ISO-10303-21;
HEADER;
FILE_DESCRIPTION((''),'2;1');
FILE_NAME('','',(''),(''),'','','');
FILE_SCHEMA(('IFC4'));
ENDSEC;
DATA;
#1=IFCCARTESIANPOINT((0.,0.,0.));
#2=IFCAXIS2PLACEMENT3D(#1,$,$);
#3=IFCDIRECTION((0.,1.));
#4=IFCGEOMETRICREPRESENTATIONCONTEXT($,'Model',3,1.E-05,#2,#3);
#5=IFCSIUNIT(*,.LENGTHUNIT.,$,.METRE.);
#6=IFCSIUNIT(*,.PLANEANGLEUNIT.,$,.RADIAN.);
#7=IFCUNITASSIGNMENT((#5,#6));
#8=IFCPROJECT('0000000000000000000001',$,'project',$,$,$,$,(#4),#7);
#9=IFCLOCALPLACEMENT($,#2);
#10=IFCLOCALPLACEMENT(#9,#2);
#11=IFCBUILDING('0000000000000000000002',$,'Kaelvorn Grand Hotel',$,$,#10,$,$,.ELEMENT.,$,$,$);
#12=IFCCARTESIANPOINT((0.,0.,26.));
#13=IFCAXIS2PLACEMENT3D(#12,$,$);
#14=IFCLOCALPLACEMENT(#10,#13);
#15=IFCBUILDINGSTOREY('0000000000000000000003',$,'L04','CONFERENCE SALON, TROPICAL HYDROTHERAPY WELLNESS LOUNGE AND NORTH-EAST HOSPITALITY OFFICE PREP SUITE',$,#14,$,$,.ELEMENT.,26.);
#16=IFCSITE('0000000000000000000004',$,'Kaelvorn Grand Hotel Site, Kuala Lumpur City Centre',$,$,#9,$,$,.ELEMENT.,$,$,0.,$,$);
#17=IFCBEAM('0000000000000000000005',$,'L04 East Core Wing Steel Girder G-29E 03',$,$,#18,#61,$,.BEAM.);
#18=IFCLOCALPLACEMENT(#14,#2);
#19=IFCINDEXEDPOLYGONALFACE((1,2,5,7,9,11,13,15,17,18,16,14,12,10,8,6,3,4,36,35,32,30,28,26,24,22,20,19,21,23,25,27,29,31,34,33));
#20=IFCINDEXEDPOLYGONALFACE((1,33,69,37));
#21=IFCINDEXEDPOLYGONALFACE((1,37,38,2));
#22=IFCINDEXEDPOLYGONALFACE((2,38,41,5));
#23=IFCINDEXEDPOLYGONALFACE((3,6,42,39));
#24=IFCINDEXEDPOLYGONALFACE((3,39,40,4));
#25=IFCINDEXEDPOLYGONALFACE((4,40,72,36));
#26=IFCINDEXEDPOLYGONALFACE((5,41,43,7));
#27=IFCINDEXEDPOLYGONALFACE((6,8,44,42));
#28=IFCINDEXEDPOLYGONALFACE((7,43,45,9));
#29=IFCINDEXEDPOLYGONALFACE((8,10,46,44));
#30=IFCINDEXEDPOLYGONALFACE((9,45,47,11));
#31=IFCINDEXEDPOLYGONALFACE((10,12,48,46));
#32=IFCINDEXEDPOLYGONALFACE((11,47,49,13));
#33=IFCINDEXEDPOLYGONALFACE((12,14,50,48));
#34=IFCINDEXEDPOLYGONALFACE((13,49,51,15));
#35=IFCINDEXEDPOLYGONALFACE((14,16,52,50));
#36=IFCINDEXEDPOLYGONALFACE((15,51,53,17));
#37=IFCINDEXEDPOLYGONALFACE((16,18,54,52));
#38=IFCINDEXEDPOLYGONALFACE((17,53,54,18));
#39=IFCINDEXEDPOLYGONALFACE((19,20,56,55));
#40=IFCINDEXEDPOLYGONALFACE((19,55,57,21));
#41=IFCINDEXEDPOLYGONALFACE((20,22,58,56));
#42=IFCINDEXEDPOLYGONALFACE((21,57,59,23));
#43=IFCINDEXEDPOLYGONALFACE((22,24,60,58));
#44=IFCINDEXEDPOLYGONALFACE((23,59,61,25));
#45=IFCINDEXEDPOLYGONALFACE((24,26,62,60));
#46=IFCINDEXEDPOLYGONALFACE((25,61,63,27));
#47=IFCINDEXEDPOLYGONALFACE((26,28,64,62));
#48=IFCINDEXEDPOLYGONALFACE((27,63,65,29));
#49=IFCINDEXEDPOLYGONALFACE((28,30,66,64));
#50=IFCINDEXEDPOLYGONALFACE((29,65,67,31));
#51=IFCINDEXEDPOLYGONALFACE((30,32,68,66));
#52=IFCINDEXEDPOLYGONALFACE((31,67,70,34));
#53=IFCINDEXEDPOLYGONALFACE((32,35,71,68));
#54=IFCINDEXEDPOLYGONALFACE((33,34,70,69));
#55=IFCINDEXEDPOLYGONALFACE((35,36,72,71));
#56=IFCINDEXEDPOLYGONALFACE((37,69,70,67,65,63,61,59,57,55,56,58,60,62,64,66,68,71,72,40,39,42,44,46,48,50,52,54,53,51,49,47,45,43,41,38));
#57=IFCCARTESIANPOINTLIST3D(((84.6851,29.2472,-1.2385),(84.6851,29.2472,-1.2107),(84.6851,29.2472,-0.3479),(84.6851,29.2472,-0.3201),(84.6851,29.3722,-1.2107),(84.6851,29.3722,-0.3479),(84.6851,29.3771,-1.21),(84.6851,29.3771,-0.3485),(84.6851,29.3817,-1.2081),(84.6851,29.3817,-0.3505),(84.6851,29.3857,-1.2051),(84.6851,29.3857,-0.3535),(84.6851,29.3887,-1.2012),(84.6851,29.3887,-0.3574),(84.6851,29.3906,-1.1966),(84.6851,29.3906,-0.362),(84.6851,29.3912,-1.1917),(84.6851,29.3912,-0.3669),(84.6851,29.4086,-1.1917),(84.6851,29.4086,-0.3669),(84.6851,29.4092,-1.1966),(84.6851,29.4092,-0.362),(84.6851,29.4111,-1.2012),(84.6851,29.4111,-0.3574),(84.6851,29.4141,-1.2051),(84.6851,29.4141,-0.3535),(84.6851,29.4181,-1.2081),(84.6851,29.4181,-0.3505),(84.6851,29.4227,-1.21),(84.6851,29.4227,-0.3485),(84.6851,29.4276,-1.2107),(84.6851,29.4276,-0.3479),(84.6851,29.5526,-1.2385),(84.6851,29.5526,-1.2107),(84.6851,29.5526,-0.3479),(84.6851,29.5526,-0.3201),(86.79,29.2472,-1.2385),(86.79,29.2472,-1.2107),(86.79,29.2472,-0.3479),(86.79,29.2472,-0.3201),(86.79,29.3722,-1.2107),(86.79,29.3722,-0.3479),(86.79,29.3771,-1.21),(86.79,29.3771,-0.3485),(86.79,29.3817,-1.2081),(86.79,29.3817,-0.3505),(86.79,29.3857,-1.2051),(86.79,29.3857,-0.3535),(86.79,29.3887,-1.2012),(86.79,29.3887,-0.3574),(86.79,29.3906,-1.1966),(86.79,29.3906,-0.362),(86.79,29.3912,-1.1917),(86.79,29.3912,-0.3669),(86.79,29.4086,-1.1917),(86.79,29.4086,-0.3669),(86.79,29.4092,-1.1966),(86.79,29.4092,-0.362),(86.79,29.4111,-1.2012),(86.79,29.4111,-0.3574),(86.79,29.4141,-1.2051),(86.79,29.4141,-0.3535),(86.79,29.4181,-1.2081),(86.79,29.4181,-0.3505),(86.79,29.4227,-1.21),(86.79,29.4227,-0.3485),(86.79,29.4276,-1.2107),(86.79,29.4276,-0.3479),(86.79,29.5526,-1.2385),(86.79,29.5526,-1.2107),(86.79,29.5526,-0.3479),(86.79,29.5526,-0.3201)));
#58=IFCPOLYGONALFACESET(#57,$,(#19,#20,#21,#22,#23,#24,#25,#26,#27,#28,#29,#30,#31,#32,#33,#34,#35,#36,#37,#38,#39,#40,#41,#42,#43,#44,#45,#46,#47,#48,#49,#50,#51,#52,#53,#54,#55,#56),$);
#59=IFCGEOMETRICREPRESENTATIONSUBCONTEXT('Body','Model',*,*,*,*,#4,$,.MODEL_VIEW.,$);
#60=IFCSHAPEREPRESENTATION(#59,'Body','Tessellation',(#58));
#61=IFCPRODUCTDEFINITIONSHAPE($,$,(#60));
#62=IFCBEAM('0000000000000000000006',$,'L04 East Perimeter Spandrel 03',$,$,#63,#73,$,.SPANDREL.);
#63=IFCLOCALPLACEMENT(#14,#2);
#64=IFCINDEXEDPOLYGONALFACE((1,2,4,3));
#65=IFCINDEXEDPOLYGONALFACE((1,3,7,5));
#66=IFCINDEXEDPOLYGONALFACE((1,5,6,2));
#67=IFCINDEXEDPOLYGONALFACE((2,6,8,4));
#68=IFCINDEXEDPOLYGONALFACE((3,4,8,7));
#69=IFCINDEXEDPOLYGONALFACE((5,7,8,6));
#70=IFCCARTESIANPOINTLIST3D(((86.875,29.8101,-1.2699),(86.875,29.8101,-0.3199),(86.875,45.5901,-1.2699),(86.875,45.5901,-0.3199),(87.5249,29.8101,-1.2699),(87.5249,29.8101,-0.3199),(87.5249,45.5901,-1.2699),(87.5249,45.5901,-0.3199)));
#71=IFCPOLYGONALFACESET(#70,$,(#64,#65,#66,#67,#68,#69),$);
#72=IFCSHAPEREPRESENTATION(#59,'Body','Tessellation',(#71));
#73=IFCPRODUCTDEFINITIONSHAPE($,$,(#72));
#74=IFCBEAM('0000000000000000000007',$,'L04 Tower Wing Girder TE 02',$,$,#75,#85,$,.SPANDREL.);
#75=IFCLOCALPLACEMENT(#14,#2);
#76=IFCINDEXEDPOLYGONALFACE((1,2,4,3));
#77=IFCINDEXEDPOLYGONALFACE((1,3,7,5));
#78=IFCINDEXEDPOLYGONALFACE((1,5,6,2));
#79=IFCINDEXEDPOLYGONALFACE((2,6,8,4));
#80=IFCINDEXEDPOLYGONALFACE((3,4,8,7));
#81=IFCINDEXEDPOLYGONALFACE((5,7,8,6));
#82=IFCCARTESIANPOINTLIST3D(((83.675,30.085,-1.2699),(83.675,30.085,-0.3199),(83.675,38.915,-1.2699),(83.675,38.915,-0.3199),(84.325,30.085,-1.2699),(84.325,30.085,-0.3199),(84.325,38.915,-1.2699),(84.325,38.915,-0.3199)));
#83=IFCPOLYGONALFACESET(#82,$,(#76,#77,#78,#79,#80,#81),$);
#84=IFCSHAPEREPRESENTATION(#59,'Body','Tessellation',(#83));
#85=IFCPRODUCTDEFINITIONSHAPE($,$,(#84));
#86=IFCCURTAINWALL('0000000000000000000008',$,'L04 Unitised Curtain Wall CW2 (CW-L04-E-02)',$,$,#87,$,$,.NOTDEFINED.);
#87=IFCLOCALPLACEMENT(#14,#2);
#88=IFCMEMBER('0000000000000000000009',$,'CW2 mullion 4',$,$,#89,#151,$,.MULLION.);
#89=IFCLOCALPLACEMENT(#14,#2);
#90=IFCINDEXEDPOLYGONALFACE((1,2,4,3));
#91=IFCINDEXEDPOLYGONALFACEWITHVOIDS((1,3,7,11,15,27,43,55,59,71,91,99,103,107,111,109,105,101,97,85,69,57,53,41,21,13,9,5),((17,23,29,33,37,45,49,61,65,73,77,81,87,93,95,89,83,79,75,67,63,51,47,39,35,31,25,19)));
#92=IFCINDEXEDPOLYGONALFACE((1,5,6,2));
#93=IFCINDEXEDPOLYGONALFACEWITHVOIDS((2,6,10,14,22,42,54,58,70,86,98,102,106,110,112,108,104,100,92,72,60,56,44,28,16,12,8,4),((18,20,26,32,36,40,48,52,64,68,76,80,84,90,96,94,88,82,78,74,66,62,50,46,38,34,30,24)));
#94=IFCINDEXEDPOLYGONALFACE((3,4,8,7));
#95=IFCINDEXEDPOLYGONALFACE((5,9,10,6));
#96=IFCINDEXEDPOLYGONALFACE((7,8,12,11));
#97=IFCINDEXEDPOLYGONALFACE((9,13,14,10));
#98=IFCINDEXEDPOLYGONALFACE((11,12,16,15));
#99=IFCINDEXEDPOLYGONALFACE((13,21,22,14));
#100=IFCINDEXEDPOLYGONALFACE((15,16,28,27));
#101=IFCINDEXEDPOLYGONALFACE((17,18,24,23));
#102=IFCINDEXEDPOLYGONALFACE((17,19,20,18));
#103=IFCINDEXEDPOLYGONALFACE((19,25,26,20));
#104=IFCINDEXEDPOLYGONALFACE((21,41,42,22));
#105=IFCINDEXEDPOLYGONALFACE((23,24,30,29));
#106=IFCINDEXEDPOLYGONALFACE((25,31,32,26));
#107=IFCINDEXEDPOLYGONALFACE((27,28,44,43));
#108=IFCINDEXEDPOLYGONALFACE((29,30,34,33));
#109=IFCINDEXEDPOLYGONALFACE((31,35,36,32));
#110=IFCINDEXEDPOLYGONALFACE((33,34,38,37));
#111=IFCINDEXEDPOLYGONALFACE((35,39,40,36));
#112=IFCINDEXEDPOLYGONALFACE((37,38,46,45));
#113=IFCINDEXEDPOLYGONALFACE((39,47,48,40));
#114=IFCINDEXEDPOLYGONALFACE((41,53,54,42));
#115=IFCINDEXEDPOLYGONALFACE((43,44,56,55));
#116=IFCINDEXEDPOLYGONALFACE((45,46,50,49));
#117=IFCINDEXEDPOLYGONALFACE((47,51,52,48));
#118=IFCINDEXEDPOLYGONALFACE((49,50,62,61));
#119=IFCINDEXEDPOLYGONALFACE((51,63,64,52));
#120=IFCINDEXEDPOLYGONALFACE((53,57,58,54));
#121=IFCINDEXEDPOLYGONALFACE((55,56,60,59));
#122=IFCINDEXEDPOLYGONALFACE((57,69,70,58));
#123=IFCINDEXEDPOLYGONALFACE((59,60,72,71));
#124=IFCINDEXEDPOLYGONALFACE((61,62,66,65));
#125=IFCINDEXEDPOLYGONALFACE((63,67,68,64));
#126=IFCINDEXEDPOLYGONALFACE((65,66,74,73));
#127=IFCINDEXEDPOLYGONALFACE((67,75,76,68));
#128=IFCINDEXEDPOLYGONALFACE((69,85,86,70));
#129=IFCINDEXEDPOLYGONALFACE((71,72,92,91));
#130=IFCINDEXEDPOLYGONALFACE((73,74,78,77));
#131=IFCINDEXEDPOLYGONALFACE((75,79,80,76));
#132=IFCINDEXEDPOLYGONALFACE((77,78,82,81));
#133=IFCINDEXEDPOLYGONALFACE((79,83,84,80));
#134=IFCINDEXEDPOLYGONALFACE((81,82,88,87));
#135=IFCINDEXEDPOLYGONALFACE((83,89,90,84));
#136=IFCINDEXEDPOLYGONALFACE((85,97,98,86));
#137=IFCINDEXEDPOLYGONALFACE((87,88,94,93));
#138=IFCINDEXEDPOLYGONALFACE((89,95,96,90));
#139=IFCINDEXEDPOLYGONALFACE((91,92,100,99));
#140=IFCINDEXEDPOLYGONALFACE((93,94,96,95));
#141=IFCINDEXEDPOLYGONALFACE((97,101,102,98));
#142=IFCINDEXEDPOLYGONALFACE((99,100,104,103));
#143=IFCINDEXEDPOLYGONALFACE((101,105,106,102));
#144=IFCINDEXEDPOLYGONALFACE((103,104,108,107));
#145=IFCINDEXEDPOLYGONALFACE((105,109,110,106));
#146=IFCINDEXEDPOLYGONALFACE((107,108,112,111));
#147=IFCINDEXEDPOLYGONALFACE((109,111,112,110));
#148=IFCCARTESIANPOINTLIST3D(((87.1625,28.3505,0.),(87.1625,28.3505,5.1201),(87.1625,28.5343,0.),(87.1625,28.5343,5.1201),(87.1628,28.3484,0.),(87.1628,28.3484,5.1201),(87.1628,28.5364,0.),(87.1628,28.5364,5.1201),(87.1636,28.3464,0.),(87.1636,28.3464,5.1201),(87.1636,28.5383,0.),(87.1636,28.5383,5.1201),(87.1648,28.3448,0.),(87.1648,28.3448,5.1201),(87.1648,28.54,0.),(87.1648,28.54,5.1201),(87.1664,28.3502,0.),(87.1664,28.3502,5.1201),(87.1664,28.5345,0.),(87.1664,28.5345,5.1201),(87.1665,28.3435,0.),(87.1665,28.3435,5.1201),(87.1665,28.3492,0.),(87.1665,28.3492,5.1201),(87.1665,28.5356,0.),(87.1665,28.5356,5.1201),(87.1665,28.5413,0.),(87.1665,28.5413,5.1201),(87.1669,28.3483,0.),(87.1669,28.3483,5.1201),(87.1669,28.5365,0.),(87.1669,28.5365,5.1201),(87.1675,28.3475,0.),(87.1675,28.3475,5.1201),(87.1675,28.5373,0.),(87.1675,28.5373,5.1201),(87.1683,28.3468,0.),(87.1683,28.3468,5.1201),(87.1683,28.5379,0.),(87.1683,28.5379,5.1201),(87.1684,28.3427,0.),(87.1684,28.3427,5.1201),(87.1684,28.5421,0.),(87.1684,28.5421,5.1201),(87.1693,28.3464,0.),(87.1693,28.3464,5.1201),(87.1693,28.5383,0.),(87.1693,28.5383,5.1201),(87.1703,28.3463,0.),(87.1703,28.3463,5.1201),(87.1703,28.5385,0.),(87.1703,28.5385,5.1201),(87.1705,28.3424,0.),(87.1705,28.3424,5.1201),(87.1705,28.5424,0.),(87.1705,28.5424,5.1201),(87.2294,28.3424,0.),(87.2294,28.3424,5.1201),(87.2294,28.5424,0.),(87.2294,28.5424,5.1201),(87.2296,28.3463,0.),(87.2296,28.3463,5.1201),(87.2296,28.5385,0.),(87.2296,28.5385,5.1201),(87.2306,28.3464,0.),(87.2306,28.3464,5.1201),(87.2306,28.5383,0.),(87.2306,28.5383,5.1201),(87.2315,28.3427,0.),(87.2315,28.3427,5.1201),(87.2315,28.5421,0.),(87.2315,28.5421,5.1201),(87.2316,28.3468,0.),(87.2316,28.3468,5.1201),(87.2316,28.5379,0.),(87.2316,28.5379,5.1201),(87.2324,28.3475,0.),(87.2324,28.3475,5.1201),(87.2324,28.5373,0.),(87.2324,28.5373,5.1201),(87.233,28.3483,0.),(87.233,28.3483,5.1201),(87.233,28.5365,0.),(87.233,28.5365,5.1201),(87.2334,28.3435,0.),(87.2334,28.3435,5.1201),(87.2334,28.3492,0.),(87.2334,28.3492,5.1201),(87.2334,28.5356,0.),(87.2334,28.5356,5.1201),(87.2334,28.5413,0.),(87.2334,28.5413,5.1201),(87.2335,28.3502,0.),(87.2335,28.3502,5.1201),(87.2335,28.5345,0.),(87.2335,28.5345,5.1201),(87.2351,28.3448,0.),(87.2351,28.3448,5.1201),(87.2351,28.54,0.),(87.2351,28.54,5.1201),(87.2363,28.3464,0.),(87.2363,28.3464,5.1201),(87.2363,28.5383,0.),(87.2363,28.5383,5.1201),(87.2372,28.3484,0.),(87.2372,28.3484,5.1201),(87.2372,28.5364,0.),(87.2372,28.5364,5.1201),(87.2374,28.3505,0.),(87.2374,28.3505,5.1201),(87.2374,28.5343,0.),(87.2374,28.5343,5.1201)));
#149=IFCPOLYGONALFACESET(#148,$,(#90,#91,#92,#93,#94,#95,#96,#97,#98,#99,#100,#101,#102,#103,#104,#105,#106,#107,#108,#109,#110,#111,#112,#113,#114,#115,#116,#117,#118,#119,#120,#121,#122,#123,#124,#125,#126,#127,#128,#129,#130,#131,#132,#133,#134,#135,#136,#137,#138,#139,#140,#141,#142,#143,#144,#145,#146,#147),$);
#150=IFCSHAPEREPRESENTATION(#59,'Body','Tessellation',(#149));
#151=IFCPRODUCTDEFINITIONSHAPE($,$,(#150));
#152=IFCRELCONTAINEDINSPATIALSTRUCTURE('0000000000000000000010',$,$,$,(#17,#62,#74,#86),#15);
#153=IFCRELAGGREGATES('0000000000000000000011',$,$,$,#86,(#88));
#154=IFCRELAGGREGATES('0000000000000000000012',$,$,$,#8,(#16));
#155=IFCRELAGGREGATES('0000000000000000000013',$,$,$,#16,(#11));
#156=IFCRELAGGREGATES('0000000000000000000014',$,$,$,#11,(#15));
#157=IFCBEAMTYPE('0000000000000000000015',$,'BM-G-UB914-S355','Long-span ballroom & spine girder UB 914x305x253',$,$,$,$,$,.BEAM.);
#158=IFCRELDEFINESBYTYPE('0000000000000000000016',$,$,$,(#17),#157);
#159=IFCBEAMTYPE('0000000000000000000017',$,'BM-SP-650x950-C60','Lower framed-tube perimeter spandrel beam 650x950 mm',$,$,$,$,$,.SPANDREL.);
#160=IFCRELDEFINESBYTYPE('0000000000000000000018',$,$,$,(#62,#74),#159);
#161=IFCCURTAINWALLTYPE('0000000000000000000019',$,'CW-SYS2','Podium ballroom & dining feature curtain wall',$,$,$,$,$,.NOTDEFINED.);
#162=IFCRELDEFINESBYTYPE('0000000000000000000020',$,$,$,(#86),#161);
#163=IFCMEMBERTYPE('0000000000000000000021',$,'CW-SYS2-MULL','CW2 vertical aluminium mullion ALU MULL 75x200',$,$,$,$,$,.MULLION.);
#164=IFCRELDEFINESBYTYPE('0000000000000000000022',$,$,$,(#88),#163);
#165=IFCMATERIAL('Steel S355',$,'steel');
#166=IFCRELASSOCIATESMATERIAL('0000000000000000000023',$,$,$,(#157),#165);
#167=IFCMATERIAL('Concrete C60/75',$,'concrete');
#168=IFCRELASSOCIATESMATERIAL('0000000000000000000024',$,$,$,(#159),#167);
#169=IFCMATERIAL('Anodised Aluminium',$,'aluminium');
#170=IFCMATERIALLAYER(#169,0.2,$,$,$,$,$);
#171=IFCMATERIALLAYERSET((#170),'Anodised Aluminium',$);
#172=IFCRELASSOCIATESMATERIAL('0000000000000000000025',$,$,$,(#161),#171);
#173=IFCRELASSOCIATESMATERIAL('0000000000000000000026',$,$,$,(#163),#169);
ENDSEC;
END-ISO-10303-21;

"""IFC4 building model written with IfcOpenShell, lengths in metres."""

from ifc_helpers import new_model, si_unit, direction, frame, origin, origin_2d, place, context, subcontext, project, spatial, rectangle, hollow_rectangle, i_section, extrude, material, layer, layer_set, material_profile, profile_set, type_object, element, aggregate, save


model = new_model("IFC4")

# Units and contexts
model_context = context("Model", 3, precision=1e-05, world=origin(), true_north=direction((0.0, 1.0)))
body_context = subcontext(model_context, "Body", "Model", "MODEL_VIEW")
ifc_project = project(units=[si_unit("LENGTHUNIT", "METRE"), si_unit("PLANEANGLEUNIT", "RADIAN")], contexts=[model_context])

# Site, building, storey
site_placement = place(None, origin())
site = spatial("IfcSite", under=ifc_project, at=site_placement, Name="Kaelvorn Grand Hotel Site, Kuala Lumpur City Centre", CompositionType="ELEMENT", RefElevation=0.0)
building_placement = place(site_placement, origin())
building = spatial("IfcBuilding", under=site, at=building_placement, Name="Kaelvorn Grand Hotel", CompositionType="ELEMENT")
storey_placement = place(building_placement, frame((0.0, 0.0, 26.0)))
storey = spatial("IfcBuildingStorey", under=building, at=storey_placement, Name="L04", Description="CONFERENCE SALON, TROPICAL HYDROTHERAPY WELLNESS LOUNGE AND NORTH-EAST HOSPITALITY OFFICE PREP SUITE", CompositionType="ELEMENT", Elevation=26.0)

# Beams
ifc_material_1 = material(Name="Steel S355", Category="steel")
ifc_material_profile_1 = material_profile(ifc_material_1, i_section(OverallWidth=0.3054, OverallDepth=0.9185, WebThickness=0.0173, FlangeThickness=0.0278, FilletRadius=0.019, at=origin_2d()), Name="UB 914x305x253")
ifc_profile_set_1 = profile_set([ifc_material_profile_1], Name="Steel S355")
beam_type_1 = type_object("IfcBeamType", Name="BM-G-UB914-S355", Description="Long-span ballroom & spine girder UB 914x305x253", PredefinedType="BEAM", material=ifc_profile_set_1)
beam_1_placement = place(storey_placement, frame((84.6851, 29.3999, -0.7793), z_axis=(1.0, 0.0, 0.0), x_axis=(0.0, 1.0, 0.0)))
element("IfcBeam", 1, at=beam_1_placement, inside=storey, type_object=beam_type_1, Name="L04 East Core Wing Steel Girder G-29E 03", PredefinedType="BEAM", context=body_context, shape_type="SweptSolid", body=[
    extrude(i_section(OverallWidth=0.3054, OverallDepth=0.9185, WebThickness=0.0173, FlangeThickness=0.0278, FilletRadius=0.019, at=origin_2d()), origin(), (0.0, 0.0, 1.0), 2.105),
])
ifc_material_2 = material(Name="Concrete C60/75", Category="concrete")
ifc_material_profile_2 = material_profile(ifc_material_2, rectangle(XDim=0.6499, YDim=0.95, at=origin_2d()), Name="RC SPANDREL 650x950")
ifc_profile_set_2 = profile_set([ifc_material_profile_2], Name="Concrete C60/75")
beam_type_2 = type_object("IfcBeamType", Name="BM-SP-650x950-C60", Description="Lower framed-tube perimeter spandrel beam 650x950 mm", PredefinedType="SPANDREL", material=ifc_profile_set_2)
beam_2_placement = place(storey_placement, frame((87.2, 29.8101, -0.7949), z_axis=(0.0, 1.0, 0.0), x_axis=(-1.0, 0.0, 0.0)))
element("IfcBeam", 2, at=beam_2_placement, inside=storey, type_object=beam_type_2, Name="L04 East Perimeter Spandrel 03", PredefinedType="SPANDREL", context=body_context, shape_type="SweptSolid", body=[
    extrude(rectangle(XDim=0.6499, YDim=0.95, at=origin_2d()), origin(), (0.0, 0.0, 1.0), 15.78),
])
beam_3_placement = place(storey_placement, frame((84.0, 30.085, -0.7949), z_axis=(0.0, 1.0, 0.0), x_axis=(-1.0, 0.0, 0.0)))
element("IfcBeam", 3, at=beam_3_placement, inside=storey, type_object=beam_type_2, Name="L04 Tower Wing Girder TE 02", PredefinedType="SPANDREL", context=body_context, shape_type="SweptSolid", body=[
    extrude(rectangle(XDim=0.6499, YDim=0.95, at=origin_2d()), origin(), (0.0, 0.0, 1.0), 8.8301),
])

# Curtain wall, member
ifc_material_3 = material(Name="Anodised Aluminium", Category="aluminium")
ifc_layer_1 = layer(ifc_material_3, 0.2)
ifc_layer_set_1 = layer_set([ifc_layer_1], Name="Anodised Aluminium")
curtain_wall_type = type_object("IfcCurtainWallType", Name="CW-SYS2", Description="Podium ballroom & dining feature curtain wall", PredefinedType="NOTDEFINED", material=ifc_layer_set_1)
curtain_wall_placement = place(storey_placement, origin())
curtain_wall = element("IfcCurtainWall", 4, at=curtain_wall_placement, inside=storey, type_object=curtain_wall_type, Name="L04 Unitised Curtain Wall CW2 (CW-L04-E-02)", PredefinedType="NOTDEFINED")
ifc_material_profile_3 = material_profile(ifc_material_3, hollow_rectangle(XDim=0.075, YDim=0.2, WallThickness=0.0039, InnerFilletRadius=0.0039, OuterFilletRadius=0.0081, at=origin_2d()), Name="ALU MULL 75x200")
ifc_profile_set_3 = profile_set([ifc_material_profile_3], Name="Anodised Aluminium")
member_type_1 = type_object("IfcMemberType", Name="CW-SYS2-MULL", Description="CW2 vertical aluminium mullion ALU MULL 75x200", PredefinedType="MULLION", material=ifc_profile_set_3)
member_1_placement = place(storey_placement, frame((87.2, 28.4424, 0.0), z_axis=(0.0, 0.0, 1.0), x_axis=(-1.0, 0.0, 0.0)))
member_1 = element("IfcMember", 5, at=member_1_placement, type_object=member_type_1, Name="CW2 mullion 4", PredefinedType="MULLION", context=body_context, shape_type="SweptSolid", body=[
    extrude(hollow_rectangle(XDim=0.075, YDim=0.2, WallThickness=0.0039, InnerFilletRadius=0.0039, OuterFilletRadius=0.0081, at=origin_2d()), origin(), (0.0, 0.0, 1.0), 5.1201),
])
aggregate(curtain_wall, [member_1])

save(model, "model.ifc")
